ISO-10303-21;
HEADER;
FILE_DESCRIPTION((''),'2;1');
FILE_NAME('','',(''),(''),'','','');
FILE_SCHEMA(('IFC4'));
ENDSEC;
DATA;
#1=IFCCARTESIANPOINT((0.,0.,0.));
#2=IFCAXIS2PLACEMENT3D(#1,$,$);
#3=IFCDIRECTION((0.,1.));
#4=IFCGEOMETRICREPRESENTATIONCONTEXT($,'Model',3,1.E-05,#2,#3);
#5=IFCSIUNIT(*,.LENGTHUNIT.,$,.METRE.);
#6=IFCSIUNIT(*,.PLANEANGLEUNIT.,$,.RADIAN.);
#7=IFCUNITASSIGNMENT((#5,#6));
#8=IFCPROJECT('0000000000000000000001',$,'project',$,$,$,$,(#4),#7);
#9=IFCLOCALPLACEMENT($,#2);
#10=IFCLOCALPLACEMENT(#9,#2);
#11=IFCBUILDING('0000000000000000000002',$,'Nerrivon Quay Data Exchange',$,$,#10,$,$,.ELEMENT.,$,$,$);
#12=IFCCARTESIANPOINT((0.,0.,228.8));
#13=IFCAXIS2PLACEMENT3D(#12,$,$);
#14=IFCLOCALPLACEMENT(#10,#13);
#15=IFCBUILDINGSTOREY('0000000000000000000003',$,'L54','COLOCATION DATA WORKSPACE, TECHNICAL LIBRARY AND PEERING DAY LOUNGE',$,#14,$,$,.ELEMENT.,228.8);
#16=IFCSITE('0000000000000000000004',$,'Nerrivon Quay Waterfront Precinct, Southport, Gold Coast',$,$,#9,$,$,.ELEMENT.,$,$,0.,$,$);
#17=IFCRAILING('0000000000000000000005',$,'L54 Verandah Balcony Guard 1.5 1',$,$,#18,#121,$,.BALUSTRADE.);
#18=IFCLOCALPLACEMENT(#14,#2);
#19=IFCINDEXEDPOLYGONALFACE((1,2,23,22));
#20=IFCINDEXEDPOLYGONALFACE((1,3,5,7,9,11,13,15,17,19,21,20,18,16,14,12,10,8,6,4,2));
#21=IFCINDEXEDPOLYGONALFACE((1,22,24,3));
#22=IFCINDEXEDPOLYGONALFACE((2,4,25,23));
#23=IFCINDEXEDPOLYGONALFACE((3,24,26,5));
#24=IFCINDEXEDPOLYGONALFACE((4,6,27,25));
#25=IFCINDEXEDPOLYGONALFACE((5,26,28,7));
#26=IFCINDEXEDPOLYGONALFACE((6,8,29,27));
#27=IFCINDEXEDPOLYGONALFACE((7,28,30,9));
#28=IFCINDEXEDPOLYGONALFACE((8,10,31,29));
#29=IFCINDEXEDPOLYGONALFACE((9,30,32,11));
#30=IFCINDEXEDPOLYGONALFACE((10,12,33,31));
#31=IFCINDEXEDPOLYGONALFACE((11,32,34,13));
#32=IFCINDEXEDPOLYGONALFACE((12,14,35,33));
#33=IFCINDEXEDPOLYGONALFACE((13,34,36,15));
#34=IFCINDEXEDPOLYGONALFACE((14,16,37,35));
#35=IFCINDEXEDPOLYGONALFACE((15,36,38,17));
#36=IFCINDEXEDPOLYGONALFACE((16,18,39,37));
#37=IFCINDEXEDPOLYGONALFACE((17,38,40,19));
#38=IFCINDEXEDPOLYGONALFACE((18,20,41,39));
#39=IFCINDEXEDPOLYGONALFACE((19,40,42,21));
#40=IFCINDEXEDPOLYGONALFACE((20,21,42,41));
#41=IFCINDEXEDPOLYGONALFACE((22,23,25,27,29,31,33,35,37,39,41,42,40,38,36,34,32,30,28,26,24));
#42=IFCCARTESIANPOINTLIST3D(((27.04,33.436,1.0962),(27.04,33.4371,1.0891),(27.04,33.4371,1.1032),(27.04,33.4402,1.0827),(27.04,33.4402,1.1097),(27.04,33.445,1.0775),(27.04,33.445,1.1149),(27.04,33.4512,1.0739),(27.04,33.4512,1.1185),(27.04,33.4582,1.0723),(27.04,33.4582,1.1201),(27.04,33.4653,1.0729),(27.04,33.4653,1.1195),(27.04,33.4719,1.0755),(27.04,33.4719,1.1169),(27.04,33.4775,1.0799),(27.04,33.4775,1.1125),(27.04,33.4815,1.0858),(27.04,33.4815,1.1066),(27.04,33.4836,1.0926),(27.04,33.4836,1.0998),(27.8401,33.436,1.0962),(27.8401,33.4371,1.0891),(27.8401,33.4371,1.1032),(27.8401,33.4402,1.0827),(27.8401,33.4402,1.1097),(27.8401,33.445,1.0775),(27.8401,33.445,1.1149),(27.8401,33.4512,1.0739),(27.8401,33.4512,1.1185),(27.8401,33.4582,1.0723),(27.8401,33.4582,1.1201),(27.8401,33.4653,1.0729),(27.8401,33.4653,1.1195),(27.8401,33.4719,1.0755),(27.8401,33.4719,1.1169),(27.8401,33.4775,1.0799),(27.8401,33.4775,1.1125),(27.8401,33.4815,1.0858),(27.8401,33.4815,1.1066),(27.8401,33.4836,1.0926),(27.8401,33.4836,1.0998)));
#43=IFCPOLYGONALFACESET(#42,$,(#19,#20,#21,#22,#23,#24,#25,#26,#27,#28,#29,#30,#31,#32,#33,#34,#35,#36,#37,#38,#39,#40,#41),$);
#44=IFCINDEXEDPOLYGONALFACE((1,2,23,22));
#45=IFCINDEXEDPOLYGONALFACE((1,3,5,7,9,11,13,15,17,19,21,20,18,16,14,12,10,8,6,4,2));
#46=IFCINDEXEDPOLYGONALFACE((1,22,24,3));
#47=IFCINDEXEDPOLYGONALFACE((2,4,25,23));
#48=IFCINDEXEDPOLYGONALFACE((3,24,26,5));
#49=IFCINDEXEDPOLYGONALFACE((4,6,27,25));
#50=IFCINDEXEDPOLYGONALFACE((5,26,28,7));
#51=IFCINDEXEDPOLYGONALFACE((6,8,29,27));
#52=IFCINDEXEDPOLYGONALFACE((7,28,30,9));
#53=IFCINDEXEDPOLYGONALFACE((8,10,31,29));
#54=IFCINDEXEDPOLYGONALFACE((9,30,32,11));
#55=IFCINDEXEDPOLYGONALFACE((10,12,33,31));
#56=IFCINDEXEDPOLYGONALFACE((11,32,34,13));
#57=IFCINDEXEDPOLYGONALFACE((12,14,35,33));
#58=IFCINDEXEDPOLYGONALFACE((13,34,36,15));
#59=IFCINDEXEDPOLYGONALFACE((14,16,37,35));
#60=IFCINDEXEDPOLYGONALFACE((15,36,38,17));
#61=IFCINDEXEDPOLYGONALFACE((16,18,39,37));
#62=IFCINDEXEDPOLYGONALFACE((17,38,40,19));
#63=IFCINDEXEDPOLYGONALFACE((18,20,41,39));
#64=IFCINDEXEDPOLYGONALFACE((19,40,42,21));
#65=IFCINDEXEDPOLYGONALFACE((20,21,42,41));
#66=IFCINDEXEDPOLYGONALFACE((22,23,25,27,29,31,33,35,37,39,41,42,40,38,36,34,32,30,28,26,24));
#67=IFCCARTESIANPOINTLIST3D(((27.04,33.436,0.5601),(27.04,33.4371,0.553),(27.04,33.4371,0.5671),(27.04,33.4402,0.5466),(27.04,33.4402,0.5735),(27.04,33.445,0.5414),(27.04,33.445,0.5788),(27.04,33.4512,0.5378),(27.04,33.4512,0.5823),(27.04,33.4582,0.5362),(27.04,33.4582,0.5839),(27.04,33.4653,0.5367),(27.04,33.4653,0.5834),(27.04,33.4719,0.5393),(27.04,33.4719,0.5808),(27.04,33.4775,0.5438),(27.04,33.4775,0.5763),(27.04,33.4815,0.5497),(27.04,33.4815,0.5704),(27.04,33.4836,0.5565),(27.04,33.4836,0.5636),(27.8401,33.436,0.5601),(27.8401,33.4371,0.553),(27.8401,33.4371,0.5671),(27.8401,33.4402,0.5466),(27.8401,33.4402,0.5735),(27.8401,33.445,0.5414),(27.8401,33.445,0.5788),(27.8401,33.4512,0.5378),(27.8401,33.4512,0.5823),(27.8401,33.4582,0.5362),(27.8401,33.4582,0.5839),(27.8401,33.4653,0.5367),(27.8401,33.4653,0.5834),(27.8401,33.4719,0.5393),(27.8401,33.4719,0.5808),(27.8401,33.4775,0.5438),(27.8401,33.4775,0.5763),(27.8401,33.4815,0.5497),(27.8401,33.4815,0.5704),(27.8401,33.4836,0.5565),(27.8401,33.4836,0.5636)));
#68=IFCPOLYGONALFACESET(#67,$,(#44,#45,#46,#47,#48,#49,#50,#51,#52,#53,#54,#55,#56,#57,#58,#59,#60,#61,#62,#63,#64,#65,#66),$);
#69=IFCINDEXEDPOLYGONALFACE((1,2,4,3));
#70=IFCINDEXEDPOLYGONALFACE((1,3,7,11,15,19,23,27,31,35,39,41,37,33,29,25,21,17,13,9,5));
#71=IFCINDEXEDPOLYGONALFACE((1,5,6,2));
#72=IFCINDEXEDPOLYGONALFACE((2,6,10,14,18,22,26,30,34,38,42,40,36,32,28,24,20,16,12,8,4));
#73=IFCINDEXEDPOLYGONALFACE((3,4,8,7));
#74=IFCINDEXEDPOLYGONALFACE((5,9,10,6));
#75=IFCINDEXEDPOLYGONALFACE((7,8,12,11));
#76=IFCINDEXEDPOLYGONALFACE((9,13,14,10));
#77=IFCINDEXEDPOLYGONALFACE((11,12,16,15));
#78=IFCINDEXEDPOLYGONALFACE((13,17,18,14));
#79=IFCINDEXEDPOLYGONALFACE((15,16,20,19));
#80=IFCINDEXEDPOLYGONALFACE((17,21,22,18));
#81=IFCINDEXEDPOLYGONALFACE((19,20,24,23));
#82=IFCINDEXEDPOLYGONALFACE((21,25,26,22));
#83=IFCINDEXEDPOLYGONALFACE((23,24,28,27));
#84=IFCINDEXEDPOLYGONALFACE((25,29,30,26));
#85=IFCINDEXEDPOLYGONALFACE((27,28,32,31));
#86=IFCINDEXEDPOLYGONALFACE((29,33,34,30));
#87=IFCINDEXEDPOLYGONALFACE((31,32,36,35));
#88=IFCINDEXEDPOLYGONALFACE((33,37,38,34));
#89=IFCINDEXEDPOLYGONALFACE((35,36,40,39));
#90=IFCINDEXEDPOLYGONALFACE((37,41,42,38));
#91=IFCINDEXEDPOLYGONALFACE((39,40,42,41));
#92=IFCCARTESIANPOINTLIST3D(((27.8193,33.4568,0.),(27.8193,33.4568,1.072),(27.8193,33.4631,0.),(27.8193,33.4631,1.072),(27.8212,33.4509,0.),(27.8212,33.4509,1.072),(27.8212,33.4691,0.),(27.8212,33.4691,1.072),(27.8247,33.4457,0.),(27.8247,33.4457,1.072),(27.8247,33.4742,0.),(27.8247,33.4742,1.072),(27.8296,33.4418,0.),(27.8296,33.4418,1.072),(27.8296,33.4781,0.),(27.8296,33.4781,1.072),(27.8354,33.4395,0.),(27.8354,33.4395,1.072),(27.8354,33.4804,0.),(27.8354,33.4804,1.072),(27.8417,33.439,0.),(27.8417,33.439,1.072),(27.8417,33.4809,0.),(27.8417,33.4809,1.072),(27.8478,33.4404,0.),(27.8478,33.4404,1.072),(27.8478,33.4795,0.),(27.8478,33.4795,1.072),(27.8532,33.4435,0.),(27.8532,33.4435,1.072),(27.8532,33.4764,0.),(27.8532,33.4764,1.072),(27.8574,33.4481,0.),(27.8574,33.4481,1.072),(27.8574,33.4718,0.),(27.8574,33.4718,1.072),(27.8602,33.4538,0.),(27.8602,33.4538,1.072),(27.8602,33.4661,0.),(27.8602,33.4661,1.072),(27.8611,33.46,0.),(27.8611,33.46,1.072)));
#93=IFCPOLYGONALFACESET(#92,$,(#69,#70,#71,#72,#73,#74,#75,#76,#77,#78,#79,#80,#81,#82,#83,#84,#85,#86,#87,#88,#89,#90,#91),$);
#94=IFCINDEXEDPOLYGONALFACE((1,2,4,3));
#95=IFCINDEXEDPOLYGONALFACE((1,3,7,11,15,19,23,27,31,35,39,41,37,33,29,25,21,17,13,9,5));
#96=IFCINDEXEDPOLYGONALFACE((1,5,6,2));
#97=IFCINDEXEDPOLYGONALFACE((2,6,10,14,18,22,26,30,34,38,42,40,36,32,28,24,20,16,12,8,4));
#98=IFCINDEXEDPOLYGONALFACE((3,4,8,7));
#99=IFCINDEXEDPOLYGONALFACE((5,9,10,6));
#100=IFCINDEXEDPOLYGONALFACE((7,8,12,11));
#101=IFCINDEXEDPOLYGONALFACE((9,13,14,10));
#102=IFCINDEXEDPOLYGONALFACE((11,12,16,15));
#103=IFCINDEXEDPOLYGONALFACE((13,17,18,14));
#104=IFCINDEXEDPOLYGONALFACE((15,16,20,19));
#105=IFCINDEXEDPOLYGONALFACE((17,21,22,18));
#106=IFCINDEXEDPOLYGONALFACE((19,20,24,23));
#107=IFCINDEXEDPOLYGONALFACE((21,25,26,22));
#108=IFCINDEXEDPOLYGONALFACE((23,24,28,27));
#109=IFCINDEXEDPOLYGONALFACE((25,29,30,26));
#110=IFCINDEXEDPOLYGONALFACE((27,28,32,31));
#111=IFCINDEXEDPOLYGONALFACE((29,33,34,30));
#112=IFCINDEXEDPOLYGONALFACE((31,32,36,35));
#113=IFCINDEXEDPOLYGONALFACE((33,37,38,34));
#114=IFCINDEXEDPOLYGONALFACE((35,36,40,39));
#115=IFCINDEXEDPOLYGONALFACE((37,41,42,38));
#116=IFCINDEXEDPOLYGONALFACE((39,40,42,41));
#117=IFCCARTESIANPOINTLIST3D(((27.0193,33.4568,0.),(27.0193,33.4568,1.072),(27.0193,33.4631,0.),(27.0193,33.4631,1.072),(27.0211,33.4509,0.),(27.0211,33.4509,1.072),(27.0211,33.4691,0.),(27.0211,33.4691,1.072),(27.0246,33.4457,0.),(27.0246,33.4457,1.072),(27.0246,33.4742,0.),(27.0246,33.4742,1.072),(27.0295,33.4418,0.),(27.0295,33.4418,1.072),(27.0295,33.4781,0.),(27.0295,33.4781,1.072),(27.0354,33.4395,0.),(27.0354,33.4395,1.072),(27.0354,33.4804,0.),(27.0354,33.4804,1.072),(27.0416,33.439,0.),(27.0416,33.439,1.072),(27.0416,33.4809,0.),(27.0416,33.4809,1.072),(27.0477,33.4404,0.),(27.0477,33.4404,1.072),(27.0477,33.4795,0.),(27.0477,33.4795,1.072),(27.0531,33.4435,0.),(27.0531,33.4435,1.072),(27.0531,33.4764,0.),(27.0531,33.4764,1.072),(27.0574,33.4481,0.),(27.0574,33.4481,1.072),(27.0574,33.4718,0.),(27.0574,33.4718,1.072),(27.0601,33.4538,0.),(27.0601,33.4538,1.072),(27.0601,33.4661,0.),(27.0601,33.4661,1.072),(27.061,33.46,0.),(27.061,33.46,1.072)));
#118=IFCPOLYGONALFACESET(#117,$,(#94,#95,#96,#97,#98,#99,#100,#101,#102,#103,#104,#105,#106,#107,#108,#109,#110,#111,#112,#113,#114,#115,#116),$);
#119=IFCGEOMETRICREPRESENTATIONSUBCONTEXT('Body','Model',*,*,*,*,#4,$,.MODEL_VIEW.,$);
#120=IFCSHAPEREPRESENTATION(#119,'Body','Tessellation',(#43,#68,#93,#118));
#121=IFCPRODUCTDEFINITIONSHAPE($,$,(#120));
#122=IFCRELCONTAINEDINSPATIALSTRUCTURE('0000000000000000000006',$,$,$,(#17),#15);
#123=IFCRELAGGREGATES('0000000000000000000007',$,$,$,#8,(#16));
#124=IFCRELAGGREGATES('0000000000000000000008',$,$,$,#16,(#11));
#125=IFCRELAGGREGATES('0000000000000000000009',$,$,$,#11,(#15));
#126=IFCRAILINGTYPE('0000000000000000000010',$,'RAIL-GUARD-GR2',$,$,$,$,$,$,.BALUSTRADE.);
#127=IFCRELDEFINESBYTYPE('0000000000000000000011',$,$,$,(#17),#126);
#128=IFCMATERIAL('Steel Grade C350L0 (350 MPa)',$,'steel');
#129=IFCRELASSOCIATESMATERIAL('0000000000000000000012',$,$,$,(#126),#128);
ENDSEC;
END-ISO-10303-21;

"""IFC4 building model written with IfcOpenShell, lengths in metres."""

from ifc_helpers import new_model, si_unit, direction, frame, origin, origin_2d, place, context, subcontext, project, spatial, circle, extrude, material, type_object, element, save


model = new_model("IFC4")

# Units and contexts
model_context = context("Model", 3, precision=1e-05, world=origin(), true_north=direction((0.0, 1.0)))
body_context = subcontext(model_context, "Body", "Model", "MODEL_VIEW")
ifc_project = project(units=[si_unit("LENGTHUNIT", "METRE"), si_unit("PLANEANGLEUNIT", "RADIAN")], contexts=[model_context])

# Site, building, storey
site_placement = place(None, origin())
site = spatial("IfcSite", under=ifc_project, at=site_placement, Name="Nerrivon Quay Waterfront Precinct, Southport, Gold Coast", CompositionType="ELEMENT", RefElevation=0.0)
building_placement = place(site_placement, origin())
building = spatial("IfcBuilding", under=site, at=building_placement, Name="Nerrivon Quay Data Exchange", CompositionType="ELEMENT")
storey_placement = place(building_placement, frame((0.0, 0.0, 228.8)))
storey = spatial("IfcBuildingStorey", under=building, at=storey_placement, Name="L54", Description="COLOCATION DATA WORKSPACE, TECHNICAL LIBRARY AND PEERING DAY LOUNGE", CompositionType="ELEMENT", Elevation=228.8)

# Shared definitions
ifc_material_1 = material(Name="Steel Grade C350L0 (350 MPa)", Category="steel")

# Railing
railing_type = type_object("IfcRailingType", Name="RAIL-GUARD-GR2", PredefinedType="BALUSTRADE", material=ifc_material_1)
railing_1_placement = place(storey_placement, frame((27.8401, 33.46, 0.0)))
element("IfcRailing", 1, at=railing_1_placement, inside=storey, type_object=railing_type, Name="L54 Verandah Balcony Guard 1.5 1", PredefinedType="BALUSTRADE", context=body_context, shape_type="SweptSolid", body=[
    extrude(circle(Radius=0.0239, at=origin_2d()), frame((0.0, 0.0, 1.0962), z_axis=(-1.0, 0.0, 0.0), x_axis=(0.0, -1.0, 0.0)), (0.0, 0.0, 1.0), 0.8),
    extrude(circle(Radius=0.0239, at=origin_2d()), frame((0.0, 0.0, 0.5601), z_axis=(-1.0, 0.0, 0.0), x_axis=(0.0, -1.0, 0.0)), (0.0, 0.0, 1.0), 0.8),
    extrude(circle(Radius=0.021, at=origin_2d()), origin(), (0.0, 0.0, 1.0), 1.072),
    extrude(circle(Radius=0.021, at=origin_2d()), frame((-0.8, 0.0, 0.0)), (0.0, 0.0, 1.0), 1.072),
])

save(model, "model.ifc")
